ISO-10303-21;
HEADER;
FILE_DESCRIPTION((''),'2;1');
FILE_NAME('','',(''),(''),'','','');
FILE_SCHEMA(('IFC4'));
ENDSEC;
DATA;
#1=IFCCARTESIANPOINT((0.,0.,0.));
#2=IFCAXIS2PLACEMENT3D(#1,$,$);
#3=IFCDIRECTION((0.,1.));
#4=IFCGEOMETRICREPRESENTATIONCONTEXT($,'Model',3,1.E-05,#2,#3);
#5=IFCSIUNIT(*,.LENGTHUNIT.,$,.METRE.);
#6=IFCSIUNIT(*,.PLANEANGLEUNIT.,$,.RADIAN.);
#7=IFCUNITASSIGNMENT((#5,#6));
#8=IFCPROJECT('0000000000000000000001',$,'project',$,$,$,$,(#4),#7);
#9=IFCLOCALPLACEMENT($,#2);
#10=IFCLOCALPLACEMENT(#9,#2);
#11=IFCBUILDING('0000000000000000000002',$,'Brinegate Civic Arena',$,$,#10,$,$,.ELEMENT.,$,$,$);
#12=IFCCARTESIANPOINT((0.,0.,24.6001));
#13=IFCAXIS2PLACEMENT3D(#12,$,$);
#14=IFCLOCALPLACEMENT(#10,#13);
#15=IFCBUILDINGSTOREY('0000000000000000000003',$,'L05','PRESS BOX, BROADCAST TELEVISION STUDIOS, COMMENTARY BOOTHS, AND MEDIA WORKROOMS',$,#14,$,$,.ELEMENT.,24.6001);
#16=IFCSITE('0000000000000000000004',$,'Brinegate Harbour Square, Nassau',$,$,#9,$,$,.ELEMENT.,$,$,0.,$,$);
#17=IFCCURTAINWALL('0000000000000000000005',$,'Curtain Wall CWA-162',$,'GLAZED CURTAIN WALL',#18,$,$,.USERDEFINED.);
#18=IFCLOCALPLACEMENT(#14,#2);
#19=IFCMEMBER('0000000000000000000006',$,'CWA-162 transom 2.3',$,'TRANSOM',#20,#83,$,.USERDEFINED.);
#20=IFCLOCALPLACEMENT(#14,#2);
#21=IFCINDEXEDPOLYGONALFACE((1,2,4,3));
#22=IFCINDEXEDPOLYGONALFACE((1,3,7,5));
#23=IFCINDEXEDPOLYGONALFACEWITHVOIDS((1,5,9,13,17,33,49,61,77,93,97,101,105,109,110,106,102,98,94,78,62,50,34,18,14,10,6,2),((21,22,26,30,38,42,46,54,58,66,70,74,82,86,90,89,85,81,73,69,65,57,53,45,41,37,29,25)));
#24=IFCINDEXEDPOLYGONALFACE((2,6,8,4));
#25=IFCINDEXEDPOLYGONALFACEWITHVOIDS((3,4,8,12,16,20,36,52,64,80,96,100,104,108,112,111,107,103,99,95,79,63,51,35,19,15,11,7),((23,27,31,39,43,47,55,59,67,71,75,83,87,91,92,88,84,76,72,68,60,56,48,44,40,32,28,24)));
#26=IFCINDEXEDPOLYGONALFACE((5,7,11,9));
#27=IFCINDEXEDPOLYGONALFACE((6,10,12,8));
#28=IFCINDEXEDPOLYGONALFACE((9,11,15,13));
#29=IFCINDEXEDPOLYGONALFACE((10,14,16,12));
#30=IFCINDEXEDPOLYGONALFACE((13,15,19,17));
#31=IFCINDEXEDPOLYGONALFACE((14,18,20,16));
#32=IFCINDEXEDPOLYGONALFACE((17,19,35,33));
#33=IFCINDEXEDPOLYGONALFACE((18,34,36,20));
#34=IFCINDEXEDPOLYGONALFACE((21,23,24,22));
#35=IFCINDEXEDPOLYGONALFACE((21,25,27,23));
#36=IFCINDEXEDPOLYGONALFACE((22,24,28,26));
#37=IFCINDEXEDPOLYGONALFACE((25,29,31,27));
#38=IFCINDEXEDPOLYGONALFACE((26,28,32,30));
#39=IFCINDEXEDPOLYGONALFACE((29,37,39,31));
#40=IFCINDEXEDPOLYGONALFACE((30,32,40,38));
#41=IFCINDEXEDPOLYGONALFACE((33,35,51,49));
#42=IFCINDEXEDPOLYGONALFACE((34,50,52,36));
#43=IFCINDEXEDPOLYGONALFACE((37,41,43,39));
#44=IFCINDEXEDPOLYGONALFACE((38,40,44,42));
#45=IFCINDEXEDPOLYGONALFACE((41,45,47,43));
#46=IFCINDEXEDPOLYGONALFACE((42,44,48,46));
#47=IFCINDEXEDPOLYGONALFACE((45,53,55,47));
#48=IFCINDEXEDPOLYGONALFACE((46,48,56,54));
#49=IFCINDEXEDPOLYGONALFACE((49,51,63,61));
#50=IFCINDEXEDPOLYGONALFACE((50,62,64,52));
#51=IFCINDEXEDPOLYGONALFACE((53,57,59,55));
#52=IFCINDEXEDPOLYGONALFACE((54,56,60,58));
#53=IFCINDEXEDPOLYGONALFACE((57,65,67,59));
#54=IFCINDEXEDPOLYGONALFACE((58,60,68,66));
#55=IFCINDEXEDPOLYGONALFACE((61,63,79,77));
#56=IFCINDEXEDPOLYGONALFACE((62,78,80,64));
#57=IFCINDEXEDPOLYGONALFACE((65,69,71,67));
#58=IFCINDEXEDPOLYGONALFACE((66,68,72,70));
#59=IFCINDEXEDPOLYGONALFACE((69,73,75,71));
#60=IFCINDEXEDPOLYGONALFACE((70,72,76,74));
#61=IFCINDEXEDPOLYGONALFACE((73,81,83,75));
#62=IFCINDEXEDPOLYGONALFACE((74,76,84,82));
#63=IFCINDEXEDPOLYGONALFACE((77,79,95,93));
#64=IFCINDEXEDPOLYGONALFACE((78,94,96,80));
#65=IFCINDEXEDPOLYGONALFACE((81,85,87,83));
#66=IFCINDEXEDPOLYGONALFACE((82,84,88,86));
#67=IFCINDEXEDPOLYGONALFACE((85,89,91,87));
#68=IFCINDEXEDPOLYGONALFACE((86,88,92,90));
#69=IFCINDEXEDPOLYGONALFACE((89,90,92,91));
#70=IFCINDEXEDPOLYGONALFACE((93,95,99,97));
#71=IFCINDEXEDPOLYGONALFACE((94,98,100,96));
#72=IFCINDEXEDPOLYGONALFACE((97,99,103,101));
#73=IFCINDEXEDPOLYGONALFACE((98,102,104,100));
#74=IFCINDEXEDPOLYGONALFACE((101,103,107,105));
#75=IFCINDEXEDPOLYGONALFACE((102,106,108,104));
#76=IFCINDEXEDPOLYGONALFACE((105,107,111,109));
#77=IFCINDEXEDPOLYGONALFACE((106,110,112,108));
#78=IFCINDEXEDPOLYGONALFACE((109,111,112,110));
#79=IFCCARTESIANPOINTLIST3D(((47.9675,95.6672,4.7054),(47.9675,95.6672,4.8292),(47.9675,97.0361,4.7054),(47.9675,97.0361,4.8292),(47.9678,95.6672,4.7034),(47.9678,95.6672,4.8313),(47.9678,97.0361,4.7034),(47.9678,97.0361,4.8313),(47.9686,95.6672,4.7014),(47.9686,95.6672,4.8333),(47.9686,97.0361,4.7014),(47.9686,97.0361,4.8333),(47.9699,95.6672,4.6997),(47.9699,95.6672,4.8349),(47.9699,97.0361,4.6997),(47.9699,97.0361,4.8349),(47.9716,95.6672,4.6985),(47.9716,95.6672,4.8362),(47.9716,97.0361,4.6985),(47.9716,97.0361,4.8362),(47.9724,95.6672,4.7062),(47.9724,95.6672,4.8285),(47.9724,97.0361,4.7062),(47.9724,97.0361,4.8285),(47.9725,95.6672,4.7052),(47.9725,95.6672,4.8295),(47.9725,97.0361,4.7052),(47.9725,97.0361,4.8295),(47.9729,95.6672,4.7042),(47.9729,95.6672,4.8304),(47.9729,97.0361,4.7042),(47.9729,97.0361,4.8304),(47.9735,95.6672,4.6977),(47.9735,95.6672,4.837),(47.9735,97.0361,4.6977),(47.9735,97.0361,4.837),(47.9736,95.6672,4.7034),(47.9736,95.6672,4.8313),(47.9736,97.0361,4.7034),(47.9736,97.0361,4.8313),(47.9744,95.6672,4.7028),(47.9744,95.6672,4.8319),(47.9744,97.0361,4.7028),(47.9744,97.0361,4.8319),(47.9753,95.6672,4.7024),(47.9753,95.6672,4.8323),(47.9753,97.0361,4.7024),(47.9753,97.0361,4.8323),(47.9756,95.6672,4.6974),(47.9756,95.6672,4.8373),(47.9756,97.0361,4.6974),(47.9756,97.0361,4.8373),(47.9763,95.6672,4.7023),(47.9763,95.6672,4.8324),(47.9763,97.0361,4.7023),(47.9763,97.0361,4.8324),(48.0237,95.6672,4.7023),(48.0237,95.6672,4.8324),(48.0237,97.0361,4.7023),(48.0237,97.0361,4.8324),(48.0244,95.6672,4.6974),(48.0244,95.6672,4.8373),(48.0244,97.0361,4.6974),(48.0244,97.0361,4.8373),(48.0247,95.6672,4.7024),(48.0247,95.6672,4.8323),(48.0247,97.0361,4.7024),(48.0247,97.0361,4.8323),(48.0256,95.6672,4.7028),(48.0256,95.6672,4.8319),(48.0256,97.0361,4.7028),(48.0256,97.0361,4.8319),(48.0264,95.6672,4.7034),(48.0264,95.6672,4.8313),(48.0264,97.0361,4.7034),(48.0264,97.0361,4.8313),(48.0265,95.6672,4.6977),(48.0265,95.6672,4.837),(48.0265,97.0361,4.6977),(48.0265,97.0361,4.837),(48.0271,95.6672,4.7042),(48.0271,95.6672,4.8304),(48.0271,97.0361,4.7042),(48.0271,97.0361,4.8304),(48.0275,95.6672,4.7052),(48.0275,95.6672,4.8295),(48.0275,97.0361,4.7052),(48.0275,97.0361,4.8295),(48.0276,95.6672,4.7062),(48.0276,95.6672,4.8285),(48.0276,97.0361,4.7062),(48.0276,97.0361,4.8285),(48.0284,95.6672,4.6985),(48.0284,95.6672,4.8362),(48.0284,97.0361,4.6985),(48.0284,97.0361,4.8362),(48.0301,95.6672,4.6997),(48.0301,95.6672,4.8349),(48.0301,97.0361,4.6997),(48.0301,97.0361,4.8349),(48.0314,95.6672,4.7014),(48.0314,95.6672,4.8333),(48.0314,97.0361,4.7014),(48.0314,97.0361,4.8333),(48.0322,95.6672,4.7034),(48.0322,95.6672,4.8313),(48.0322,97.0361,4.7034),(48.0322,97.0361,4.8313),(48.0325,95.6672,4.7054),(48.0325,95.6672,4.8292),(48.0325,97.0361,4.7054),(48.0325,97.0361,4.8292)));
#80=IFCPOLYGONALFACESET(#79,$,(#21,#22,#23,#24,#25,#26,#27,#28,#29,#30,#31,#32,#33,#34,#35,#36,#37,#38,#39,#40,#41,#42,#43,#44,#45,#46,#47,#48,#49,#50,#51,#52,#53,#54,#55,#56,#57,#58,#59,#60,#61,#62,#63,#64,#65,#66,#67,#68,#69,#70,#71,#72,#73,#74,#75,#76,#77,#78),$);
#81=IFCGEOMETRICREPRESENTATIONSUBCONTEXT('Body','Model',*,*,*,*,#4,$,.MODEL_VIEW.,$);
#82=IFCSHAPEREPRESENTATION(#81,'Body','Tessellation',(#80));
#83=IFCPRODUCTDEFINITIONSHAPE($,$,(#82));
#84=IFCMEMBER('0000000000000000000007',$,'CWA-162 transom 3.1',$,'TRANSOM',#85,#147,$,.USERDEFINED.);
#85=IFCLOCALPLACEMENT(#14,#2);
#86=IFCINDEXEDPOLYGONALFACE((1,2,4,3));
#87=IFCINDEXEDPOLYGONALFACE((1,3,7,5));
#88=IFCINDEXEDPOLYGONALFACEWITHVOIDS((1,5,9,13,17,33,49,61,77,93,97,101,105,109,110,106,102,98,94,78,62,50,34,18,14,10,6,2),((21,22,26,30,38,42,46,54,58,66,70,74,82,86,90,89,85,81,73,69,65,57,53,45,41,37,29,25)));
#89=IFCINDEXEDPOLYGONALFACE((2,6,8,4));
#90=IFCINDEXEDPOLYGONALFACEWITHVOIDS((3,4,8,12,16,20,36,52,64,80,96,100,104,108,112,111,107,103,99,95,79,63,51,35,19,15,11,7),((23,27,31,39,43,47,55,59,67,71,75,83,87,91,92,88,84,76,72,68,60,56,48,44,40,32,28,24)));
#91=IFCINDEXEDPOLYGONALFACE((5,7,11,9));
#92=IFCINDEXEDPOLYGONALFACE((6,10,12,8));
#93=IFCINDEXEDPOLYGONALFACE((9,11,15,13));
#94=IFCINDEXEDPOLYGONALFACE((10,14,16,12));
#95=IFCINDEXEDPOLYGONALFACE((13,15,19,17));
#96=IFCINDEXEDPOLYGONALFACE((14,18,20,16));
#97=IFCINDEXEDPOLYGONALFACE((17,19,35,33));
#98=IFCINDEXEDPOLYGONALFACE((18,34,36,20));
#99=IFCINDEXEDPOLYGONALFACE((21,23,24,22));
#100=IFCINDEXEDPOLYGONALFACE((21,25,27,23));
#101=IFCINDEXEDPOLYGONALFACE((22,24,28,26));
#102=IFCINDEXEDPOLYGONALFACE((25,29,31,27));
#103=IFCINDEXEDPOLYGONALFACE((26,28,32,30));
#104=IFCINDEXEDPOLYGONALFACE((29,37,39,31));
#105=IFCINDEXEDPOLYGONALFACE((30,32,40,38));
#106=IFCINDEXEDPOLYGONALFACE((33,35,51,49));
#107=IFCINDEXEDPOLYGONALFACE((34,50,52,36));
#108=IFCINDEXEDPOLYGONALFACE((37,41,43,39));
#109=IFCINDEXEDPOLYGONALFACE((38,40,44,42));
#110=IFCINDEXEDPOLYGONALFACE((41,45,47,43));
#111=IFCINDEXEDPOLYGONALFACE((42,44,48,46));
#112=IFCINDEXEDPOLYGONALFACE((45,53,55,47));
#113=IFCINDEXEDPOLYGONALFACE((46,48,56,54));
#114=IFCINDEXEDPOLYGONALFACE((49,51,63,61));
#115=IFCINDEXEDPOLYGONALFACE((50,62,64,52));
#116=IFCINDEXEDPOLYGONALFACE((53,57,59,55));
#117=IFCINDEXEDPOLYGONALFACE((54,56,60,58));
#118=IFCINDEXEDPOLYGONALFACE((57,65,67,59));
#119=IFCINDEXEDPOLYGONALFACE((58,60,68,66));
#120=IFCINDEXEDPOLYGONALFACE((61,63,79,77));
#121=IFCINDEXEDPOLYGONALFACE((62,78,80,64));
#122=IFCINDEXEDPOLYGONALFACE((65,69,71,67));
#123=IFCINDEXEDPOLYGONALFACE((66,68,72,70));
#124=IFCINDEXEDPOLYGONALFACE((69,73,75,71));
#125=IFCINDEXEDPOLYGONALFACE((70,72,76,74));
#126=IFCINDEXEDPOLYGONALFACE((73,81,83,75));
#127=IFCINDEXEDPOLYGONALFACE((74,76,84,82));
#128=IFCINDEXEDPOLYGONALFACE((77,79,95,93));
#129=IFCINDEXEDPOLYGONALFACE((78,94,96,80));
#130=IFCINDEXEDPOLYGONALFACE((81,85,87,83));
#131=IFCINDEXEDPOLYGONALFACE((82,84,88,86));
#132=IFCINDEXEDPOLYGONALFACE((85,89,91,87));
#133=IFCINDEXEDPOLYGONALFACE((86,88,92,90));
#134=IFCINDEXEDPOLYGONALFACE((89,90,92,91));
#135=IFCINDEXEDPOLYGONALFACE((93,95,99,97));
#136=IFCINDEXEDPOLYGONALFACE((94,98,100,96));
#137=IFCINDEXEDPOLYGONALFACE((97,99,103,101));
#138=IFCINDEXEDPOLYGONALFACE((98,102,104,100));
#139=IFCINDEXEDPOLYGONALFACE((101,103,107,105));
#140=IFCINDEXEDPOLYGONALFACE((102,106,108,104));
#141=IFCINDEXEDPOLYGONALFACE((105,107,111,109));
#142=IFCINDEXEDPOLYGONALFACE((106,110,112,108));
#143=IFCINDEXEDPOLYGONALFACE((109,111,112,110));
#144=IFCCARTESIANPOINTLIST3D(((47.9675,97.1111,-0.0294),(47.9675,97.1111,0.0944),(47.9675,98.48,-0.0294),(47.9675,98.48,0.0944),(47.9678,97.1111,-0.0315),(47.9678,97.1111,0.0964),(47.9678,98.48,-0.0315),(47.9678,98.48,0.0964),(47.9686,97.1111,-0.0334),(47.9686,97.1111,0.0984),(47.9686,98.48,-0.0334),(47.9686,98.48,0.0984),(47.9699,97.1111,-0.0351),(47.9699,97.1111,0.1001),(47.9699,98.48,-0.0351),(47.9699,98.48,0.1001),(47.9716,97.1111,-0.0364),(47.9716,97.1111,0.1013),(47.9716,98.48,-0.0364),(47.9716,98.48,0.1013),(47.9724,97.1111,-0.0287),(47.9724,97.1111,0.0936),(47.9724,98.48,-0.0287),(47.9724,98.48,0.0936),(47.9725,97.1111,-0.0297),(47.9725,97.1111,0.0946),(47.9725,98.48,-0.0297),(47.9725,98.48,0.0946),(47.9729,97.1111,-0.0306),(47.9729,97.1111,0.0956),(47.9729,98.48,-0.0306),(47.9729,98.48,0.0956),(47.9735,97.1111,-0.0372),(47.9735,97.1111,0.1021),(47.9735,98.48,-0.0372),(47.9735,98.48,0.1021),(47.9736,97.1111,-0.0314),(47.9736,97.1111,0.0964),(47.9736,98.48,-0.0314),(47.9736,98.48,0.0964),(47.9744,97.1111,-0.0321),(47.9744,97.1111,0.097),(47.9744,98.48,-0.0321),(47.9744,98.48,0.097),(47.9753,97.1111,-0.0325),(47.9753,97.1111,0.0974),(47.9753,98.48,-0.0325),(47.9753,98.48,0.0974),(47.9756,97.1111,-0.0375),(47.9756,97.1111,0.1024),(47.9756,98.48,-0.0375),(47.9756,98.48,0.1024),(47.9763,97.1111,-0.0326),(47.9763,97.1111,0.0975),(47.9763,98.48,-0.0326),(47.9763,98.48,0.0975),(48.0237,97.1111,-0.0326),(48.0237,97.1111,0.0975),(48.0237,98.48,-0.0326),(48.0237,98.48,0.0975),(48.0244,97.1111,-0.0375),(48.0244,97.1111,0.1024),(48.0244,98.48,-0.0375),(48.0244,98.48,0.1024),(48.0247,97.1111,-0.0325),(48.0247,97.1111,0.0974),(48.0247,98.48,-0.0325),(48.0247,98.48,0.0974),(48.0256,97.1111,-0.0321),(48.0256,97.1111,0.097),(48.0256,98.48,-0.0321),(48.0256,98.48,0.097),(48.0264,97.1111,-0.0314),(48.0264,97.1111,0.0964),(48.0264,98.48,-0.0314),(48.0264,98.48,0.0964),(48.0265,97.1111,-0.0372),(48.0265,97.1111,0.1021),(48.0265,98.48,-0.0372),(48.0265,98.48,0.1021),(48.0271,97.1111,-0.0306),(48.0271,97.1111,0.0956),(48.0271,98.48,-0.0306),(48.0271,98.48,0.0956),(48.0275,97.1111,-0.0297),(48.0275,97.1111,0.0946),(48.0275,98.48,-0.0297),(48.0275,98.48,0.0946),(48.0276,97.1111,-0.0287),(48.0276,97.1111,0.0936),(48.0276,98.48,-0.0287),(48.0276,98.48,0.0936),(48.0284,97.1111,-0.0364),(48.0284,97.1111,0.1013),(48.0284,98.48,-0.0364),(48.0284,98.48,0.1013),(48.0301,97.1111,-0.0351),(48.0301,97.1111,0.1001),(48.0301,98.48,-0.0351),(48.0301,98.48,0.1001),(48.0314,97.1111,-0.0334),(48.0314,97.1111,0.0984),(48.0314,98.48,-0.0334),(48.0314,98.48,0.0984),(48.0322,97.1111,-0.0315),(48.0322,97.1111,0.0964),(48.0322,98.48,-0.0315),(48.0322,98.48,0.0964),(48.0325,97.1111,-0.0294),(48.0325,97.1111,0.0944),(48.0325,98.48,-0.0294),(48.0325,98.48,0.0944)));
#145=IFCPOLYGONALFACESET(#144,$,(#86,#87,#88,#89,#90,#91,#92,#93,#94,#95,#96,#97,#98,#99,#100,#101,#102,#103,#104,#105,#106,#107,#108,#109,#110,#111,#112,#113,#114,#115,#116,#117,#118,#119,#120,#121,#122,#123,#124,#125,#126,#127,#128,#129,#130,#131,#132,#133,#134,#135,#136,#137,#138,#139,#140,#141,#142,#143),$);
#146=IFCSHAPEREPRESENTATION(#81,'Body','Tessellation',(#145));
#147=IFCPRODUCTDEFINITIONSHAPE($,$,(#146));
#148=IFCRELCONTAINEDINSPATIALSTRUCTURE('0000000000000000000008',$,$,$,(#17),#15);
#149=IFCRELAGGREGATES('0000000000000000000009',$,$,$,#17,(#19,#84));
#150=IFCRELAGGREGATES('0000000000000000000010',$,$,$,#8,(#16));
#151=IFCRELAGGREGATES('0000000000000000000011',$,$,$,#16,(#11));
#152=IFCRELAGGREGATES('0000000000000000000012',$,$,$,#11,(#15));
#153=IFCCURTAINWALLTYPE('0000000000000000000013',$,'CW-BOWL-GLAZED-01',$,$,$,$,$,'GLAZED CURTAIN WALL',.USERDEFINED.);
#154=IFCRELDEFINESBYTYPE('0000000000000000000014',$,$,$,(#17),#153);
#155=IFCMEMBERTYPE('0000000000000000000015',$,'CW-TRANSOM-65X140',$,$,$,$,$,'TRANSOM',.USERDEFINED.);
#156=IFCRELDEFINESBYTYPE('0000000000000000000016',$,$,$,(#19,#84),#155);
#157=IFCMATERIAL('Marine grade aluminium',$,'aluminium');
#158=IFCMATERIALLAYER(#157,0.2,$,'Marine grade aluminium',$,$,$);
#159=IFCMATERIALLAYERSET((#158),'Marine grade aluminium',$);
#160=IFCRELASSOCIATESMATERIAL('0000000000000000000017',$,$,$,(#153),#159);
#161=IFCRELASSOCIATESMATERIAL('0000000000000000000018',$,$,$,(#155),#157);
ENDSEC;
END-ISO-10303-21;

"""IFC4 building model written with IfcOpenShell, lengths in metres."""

from ifc_helpers import new_model, si_unit, direction, frame, origin, origin_2d, place, context, subcontext, project, spatial, hollow_rectangle, extrude, material, layer, layer_set, material_profile, profile_set, type_object, element, aggregate, save


model = new_model("IFC4")

# Units and contexts
model_context = context("Model", 3, precision=1e-05, world=origin(), true_north=direction((0.0, 1.0)))
body_context = subcontext(model_context, "Body", "Model", "MODEL_VIEW")
ifc_project = project(units=[si_unit("LENGTHUNIT", "METRE"), si_unit("PLANEANGLEUNIT", "RADIAN")], contexts=[model_context])

# Site, building, storey
site_placement = place(None, origin())
site = spatial("IfcSite", under=ifc_project, at=site_placement, Name="Brinegate Harbour Square, Nassau", CompositionType="ELEMENT", RefElevation=0.0)
building_placement = place(site_placement, origin())
building = spatial("IfcBuilding", under=site, at=building_placement, Name="Brinegate Civic Arena", CompositionType="ELEMENT")
storey_placement = place(building_placement, frame((0.0, 0.0, 24.6001)))
storey = spatial("IfcBuildingStorey", under=building, at=storey_placement, Name="L05", Description="PRESS BOX, BROADCAST TELEVISION STUDIOS, COMMENTARY BOOTHS, AND MEDIA WORKROOMS", CompositionType="ELEMENT", Elevation=24.6001)

# Curtain wall, members
ifc_material_1 = material(Name="Marine grade aluminium", Category="aluminium")
ifc_layer_1 = layer(ifc_material_1, 0.2, Name="Marine grade aluminium")
ifc_layer_set_1 = layer_set([ifc_layer_1], Name="Marine grade aluminium")
curtain_wall_type = type_object("IfcCurtainWallType", Name="CW-BOWL-GLAZED-01", ElementType="GLAZED CURTAIN WALL", PredefinedType="USERDEFINED", material=ifc_layer_set_1)
curtain_wall_1_placement = place(storey_placement, origin())
curtain_wall_1 = element("IfcCurtainWall", 1, at=curtain_wall_1_placement, inside=storey, type_object=curtain_wall_type, Name="Curtain Wall CWA-162", ObjectType="GLAZED CURTAIN WALL", PredefinedType="USERDEFINED")
ifc_material_profile_1 = material_profile(ifc_material_1, hollow_rectangle(XDim=0.0649, YDim=0.1399, WallThickness=0.0049, InnerFilletRadius=0.0039, OuterFilletRadius=0.0081, at=origin_2d()), Name="TRN65X140")
ifc_profile_set_1 = profile_set([ifc_material_profile_1], Name="Marine grade aluminium")
member_type_1 = type_object("IfcMemberType", Name="CW-TRANSOM-65X140", ElementType="TRANSOM", PredefinedType="USERDEFINED", material=ifc_profile_set_1)
member_1_placement = place(storey_placement, frame((48.0, 95.6672, 4.7673), z_axis=(0.0, 1.0, 0.0), x_axis=(-1.0, 0.0, 0.0)))
member_1 = element("IfcMember", 2, at=member_1_placement, type_object=member_type_1, Name="CWA-162 transom 2.3", ObjectType="TRANSOM", PredefinedType="USERDEFINED", context=body_context, shape_type="SweptSolid", body=[
    extrude(hollow_rectangle(XDim=0.0649, YDim=0.1399, WallThickness=0.0049, InnerFilletRadius=0.0039, OuterFilletRadius=0.0081, at=origin_2d()), origin(), (0.0, 0.0, 1.0), 1.3689),
])
member_2_placement = place(storey_placement, frame((48.0, 97.1111, 0.0325), z_axis=(0.0, 1.0, 0.0), x_axis=(-1.0, 0.0, 0.0)))
member_2 = element("IfcMember", 3, at=member_2_placement, type_object=member_type_1, Name="CWA-162 transom 3.1", ObjectType="TRANSOM", PredefinedType="USERDEFINED", context=body_context, shape_type="SweptSolid", body=[
    extrude(hollow_rectangle(XDim=0.0649, YDim=0.1399, WallThickness=0.0049, InnerFilletRadius=0.0039, OuterFilletRadius=0.0081, at=origin_2d()), origin(), (0.0, 0.0, 1.0), 1.3689),
])

aggregate(curtain_wall_1, [member_1, member_2])

save(model, "model.ifc")
